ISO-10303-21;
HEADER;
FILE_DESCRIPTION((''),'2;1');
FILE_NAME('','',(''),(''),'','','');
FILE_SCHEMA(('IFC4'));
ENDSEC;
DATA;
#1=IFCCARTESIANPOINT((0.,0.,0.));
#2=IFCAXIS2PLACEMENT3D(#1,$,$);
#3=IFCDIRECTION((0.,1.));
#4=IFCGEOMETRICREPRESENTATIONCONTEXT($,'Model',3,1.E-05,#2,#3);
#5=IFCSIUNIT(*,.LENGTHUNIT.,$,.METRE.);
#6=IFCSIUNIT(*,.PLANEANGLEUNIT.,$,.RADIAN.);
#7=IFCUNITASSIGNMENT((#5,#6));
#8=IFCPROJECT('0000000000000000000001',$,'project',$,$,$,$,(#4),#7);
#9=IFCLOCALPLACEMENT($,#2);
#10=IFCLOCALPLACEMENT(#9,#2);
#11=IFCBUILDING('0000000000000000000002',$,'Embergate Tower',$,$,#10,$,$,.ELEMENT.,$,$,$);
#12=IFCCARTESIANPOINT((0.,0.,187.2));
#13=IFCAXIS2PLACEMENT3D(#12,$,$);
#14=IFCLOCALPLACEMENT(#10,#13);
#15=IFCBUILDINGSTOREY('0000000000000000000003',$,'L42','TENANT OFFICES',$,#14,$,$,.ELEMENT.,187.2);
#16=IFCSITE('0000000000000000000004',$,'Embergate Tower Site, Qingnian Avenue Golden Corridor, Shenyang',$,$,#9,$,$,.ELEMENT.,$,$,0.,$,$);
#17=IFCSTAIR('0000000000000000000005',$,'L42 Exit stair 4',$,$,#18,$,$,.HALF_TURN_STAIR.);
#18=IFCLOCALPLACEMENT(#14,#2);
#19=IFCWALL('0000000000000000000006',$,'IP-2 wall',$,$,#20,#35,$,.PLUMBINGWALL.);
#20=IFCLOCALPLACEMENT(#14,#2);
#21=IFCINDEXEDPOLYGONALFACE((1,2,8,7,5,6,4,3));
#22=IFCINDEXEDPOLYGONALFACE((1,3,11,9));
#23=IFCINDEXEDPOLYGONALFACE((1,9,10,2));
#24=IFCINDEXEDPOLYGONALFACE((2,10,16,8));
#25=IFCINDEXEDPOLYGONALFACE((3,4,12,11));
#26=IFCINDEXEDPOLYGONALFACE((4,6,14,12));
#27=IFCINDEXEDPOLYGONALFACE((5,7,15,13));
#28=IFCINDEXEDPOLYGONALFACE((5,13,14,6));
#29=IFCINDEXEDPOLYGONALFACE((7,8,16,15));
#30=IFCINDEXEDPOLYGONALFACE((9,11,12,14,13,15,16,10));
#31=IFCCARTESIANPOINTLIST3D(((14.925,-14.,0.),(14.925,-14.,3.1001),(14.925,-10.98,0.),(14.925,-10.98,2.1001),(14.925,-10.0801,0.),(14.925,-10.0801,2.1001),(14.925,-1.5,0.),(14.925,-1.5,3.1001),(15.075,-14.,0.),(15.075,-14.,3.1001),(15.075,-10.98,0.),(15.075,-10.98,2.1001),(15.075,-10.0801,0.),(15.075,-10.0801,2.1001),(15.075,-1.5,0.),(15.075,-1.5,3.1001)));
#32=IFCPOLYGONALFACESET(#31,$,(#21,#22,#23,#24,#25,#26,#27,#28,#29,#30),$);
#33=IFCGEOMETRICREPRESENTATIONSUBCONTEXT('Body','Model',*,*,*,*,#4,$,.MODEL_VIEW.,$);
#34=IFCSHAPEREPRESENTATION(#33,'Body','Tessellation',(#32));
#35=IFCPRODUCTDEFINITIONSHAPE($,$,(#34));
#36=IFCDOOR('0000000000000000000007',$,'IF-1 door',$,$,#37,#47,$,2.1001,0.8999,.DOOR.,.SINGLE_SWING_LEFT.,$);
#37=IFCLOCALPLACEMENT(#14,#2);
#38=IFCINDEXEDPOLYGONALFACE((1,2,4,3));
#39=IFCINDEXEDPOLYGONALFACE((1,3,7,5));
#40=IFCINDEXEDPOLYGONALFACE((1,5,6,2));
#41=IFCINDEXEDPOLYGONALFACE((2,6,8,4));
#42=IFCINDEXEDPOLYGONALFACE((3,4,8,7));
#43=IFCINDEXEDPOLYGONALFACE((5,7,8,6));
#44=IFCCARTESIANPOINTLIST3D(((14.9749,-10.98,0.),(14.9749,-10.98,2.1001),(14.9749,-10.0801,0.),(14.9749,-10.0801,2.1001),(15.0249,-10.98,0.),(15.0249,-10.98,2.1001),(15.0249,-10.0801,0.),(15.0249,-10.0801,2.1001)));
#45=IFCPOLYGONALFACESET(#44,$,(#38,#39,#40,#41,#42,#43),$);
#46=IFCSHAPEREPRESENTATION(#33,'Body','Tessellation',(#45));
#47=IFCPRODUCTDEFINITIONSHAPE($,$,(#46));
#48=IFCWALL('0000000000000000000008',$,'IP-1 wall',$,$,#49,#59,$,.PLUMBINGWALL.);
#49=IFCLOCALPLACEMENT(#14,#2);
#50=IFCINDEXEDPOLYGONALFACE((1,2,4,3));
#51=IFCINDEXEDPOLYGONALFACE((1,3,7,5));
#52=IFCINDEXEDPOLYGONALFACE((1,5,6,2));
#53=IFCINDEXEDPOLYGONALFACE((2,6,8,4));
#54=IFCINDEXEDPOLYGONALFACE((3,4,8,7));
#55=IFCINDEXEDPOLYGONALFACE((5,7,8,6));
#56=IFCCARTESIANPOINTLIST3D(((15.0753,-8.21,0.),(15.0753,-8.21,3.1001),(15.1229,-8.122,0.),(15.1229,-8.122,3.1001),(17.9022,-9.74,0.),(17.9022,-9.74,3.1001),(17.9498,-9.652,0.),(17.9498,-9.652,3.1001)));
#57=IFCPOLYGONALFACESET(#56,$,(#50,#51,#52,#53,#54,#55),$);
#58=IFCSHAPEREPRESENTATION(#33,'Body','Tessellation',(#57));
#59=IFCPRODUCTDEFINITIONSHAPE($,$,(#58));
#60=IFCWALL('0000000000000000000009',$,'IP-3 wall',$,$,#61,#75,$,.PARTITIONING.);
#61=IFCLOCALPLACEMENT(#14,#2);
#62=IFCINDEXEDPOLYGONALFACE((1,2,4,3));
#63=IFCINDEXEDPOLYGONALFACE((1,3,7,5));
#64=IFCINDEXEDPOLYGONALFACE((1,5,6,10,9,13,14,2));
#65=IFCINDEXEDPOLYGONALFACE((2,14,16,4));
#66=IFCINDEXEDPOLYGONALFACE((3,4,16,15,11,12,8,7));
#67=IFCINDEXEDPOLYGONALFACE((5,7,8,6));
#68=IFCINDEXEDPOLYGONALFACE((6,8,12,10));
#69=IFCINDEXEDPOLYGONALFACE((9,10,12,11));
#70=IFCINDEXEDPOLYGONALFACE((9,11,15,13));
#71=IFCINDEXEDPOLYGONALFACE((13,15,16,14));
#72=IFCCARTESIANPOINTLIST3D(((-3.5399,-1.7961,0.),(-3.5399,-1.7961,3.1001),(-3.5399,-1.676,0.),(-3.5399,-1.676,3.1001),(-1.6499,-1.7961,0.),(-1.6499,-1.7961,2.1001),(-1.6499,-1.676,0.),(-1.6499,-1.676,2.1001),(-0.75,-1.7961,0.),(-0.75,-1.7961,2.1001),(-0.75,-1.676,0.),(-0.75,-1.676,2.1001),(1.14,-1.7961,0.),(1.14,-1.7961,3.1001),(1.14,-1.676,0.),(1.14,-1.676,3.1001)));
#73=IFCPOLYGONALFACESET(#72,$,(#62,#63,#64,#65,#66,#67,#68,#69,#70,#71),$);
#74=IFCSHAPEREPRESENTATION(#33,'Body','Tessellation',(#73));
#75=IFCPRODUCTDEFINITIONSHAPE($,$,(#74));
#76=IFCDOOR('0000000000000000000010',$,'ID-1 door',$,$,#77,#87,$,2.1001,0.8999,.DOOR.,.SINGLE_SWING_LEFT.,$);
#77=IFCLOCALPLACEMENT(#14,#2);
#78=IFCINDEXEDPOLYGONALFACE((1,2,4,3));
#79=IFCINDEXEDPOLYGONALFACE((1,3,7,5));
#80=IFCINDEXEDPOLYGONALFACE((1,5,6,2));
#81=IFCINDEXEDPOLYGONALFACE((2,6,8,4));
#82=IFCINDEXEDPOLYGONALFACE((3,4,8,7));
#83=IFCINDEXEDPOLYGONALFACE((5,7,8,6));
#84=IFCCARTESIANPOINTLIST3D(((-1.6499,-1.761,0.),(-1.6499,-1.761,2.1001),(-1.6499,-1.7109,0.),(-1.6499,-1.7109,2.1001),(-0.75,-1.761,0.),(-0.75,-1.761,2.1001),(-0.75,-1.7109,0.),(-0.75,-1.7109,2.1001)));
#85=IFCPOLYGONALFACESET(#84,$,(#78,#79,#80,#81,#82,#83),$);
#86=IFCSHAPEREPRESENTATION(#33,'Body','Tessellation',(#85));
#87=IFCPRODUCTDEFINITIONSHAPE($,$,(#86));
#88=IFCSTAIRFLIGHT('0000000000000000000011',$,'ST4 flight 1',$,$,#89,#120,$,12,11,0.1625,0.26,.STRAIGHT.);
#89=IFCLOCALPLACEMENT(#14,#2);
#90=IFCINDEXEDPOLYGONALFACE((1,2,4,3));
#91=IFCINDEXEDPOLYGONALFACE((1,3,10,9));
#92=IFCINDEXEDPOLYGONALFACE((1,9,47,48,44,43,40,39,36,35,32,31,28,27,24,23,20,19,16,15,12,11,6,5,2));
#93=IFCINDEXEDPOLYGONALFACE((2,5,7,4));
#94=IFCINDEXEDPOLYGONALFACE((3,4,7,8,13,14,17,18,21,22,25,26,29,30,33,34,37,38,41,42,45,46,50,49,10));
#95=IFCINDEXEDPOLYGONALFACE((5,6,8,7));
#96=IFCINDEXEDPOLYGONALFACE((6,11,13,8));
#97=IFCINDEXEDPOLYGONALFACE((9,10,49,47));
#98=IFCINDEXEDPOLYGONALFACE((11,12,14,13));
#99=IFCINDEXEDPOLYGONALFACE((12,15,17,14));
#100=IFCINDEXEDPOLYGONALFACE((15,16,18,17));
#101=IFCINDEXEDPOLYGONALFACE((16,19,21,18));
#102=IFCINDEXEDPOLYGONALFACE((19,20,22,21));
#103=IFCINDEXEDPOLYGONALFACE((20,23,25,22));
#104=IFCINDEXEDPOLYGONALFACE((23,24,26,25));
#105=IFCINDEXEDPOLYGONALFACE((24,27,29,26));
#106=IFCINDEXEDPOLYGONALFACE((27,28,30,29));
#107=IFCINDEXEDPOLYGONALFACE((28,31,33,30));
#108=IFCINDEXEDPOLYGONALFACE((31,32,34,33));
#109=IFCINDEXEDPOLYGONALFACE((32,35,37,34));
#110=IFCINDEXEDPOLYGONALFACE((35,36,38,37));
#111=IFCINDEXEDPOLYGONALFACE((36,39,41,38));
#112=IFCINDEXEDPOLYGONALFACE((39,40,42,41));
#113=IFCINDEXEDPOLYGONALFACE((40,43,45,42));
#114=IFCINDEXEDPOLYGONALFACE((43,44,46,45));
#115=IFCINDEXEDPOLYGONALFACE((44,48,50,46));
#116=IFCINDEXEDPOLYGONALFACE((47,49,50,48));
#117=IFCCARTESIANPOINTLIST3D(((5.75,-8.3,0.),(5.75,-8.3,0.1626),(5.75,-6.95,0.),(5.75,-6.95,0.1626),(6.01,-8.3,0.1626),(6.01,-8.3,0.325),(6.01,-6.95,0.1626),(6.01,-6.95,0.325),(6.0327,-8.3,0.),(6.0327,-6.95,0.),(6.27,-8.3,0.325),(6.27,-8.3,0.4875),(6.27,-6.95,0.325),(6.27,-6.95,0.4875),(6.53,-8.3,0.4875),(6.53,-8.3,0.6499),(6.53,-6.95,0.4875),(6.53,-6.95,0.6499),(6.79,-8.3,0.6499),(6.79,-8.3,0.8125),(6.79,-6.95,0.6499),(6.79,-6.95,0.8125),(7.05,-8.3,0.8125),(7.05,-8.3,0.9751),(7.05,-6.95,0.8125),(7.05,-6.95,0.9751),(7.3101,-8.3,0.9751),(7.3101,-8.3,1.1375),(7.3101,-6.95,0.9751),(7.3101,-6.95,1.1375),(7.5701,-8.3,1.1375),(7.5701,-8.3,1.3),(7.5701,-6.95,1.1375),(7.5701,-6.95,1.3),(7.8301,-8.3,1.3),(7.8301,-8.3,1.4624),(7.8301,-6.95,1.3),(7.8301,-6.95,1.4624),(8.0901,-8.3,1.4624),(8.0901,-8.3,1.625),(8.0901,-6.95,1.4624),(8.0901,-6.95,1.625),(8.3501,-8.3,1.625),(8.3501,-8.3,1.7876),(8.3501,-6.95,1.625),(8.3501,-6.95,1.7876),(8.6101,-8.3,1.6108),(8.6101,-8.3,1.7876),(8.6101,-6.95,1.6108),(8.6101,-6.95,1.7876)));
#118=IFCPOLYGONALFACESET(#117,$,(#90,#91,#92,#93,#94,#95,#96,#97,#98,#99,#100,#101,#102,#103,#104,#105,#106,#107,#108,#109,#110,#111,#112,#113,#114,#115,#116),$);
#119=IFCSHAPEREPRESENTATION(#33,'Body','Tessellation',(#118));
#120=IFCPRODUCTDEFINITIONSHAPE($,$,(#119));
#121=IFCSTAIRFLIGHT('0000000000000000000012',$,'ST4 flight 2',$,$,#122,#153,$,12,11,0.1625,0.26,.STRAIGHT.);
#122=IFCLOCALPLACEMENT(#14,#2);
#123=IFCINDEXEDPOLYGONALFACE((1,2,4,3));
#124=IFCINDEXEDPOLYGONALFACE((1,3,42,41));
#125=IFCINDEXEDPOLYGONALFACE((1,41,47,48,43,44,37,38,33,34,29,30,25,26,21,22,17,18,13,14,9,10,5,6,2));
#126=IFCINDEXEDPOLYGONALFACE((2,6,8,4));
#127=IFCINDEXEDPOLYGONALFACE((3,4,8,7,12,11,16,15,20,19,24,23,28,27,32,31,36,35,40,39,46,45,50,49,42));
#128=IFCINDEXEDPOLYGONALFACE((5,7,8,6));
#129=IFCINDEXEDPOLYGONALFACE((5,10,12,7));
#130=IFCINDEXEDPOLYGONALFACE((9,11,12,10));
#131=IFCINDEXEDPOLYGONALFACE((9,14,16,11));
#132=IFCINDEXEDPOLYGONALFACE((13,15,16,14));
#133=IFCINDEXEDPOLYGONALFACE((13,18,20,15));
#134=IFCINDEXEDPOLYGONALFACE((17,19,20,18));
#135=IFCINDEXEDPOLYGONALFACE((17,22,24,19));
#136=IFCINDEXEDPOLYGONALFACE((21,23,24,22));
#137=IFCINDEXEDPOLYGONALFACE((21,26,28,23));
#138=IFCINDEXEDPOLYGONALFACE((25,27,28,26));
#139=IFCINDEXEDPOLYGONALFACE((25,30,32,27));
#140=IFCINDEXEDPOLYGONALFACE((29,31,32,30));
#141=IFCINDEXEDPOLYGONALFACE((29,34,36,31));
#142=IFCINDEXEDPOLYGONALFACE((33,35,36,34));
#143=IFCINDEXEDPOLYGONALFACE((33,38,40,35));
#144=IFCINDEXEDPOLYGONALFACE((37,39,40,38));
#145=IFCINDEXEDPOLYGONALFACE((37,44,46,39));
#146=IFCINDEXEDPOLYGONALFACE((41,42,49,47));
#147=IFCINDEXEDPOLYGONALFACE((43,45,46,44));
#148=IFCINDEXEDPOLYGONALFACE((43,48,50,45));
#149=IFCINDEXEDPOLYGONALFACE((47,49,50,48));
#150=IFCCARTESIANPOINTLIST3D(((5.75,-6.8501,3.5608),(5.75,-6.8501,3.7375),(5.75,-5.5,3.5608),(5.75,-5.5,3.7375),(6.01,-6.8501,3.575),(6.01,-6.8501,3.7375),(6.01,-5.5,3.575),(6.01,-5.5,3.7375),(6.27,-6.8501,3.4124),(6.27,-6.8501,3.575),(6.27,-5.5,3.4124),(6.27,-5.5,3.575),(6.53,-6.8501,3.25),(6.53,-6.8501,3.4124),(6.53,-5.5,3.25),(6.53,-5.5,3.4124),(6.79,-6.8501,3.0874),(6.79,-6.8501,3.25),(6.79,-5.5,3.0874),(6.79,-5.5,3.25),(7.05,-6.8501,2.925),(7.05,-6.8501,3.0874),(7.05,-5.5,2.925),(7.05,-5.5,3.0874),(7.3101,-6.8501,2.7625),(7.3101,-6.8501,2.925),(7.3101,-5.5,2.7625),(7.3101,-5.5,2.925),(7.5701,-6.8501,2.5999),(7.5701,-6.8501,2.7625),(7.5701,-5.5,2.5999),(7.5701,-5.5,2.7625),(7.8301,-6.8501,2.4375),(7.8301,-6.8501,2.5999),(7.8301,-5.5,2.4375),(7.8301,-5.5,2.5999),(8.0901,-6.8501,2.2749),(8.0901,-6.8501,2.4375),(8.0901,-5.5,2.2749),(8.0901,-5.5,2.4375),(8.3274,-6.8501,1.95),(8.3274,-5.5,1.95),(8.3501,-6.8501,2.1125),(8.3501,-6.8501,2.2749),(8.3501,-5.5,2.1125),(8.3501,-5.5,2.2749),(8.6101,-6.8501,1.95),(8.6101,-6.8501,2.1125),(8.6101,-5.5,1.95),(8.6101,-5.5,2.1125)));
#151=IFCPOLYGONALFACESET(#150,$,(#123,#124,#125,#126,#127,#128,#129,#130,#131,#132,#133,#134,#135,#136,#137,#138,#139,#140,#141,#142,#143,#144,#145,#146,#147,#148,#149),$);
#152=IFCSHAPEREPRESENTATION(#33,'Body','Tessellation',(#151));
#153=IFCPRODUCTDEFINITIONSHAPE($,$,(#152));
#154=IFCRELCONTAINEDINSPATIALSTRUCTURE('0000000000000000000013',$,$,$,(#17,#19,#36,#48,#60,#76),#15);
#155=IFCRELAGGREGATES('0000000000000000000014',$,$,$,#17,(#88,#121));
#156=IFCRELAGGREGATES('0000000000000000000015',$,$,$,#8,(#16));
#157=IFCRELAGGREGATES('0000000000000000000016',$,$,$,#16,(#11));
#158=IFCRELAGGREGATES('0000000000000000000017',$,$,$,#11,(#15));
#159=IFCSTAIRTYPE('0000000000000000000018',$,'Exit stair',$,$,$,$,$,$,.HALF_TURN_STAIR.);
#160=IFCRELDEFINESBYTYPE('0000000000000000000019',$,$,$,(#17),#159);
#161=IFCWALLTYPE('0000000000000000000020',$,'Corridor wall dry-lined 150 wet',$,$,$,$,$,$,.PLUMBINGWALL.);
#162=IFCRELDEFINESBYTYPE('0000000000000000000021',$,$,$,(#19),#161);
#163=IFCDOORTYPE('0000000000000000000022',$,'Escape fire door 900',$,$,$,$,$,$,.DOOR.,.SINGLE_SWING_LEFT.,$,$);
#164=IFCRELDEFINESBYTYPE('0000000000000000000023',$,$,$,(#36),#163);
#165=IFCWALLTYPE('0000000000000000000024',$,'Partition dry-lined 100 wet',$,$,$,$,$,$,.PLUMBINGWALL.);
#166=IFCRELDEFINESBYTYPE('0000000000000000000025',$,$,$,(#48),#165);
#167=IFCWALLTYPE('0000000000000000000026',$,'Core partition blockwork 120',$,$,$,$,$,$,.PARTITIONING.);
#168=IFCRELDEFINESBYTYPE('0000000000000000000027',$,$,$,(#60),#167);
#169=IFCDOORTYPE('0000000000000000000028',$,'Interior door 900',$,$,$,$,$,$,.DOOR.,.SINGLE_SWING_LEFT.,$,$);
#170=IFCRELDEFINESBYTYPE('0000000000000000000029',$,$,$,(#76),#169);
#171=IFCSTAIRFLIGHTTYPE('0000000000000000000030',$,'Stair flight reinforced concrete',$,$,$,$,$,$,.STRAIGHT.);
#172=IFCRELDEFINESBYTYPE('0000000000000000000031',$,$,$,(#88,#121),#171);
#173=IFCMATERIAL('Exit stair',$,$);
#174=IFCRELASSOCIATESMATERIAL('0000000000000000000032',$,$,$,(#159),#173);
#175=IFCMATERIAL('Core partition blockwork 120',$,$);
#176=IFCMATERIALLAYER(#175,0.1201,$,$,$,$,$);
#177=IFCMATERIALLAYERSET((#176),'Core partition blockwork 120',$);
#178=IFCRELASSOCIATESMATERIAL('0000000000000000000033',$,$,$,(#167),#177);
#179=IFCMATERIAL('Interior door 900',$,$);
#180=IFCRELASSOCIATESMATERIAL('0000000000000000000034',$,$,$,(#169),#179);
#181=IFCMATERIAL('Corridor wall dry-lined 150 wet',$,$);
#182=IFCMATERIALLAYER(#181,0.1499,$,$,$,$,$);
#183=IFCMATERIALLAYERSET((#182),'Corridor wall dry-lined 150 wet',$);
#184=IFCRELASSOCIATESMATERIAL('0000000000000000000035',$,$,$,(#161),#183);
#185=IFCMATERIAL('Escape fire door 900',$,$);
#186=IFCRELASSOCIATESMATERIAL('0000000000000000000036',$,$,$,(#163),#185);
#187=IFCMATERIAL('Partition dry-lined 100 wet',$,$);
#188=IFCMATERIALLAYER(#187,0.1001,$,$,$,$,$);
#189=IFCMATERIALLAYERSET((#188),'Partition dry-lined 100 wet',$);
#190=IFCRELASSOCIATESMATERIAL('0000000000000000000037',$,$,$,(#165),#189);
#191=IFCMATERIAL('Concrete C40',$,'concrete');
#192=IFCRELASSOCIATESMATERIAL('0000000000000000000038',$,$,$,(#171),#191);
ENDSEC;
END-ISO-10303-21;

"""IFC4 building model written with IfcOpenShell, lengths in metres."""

from ifc_helpers import new_model, si_unit, direction, frame, frame_2d, origin, place, context, subcontext, project, spatial, polyline, rectangle, outline, extrude, source, transform, mapped, material, layer, layer_set, type_object, element, fill, aggregate, save


model = new_model("IFC4")

# Units and contexts
model_context = context("Model", 3, precision=1e-05, world=origin(), true_north=direction((0.0, 1.0)))
body_context = subcontext(model_context, "Body", "Model", "MODEL_VIEW")
ifc_project = project(units=[si_unit("LENGTHUNIT", "METRE"), si_unit("PLANEANGLEUNIT", "RADIAN")], contexts=[model_context])

# Site, building, storey
site_placement = place(None, origin())
site = spatial("IfcSite", under=ifc_project, at=site_placement, Name="Embergate Tower Site, Qingnian Avenue Golden Corridor, Shenyang", CompositionType="ELEMENT", RefElevation=0.0)
building_placement = place(site_placement, origin())
building = spatial("IfcBuilding", under=site, at=building_placement, Name="Embergate Tower", CompositionType="ELEMENT")
storey_placement = place(building_placement, frame((0.0, 0.0, 187.2)))
storey = spatial("IfcBuildingStorey", under=building, at=storey_placement, Name="L42", Description="TENANT OFFICES", CompositionType="ELEMENT", Elevation=187.2)

# Stair
ifc_material_1 = material(Name="Exit stair")
stair_type = type_object("IfcStairType", Name="Exit stair", PredefinedType="HALF_TURN_STAIR", material=ifc_material_1)
stair_placement = place(storey_placement, origin())
stair = element("IfcStair", 1, at=stair_placement, inside=storey, type_object=stair_type, Name="L42 Exit stair 4", PredefinedType="HALF_TURN_STAIR")
ifc_material_2 = material(Name="Concrete C40", Category="concrete")

# Shared definitions
ifc_material_3 = material(Name="Core partition blockwork 120")
ifc_layer_1 = layer(ifc_material_3, 0.1201)
ifc_layer_set_1 = layer_set([ifc_layer_1], Name="Core partition blockwork 120")
wall_type_1 = type_object("IfcWallType", Name="Core partition blockwork 120", PredefinedType="PARTITIONING", material=ifc_layer_set_1)

# Shared definitions
shared_shape_1 = source(origin(), body_context, "Body", "SweptSolid", [
    extrude(rectangle(XDim=0.8999, YDim=2.1001, at=frame_2d((0.45, 1.05))), frame((0.0, 0.0701, 0.0), z_axis=(0.0, -1.0, 0.0), x_axis=(1.0, 0.0, 0.0)), (0.0, 0.0, 1.0), 0.1401),
])
ifc_material_4 = material(Name="Interior door 900")
door_type_1 = type_object("IfcDoorType", Name="Interior door 900", OperationType="SINGLE_SWING_LEFT", PredefinedType="DOOR", material=ifc_material_4)
shared_shape_2 = source(origin(), body_context, "Body", "SweptSolid", [
    extrude(rectangle(XDim=0.8999, YDim=2.1001, at=frame_2d((0.45, 1.05))), frame((0.0, 0.0249, 0.0), z_axis=(0.0, -1.0, 0.0), x_axis=(1.0, 0.0, 0.0)), (0.0, 0.0, 1.0), 0.05),
])

# Wall, opening, door
ifc_material_5 = material(Name="Corridor wall dry-lined 150 wet")
ifc_layer_2 = layer(ifc_material_5, 0.1499)
ifc_layer_set_2 = layer_set([ifc_layer_2], Name="Corridor wall dry-lined 150 wet")
wall_type_2 = type_object("IfcWallType", Name="Corridor wall dry-lined 150 wet", PredefinedType="PLUMBINGWALL", material=ifc_layer_set_2)
shared_shape_3 = source(origin(), body_context, "Body", "SweptSolid", [
    extrude(rectangle(XDim=12.5, YDim=0.1499, at=frame_2d((6.25, 0.0))), origin(), (0.0, 0.0, 1.0), 3.1001),
])
wall_1_placement = place(storey_placement, frame((15.0, -1.5, 0.0), z_axis=(0.0, 0.0, 1.0), x_axis=(0.0, -1.0, 0.0)))
wall_1 = element("IfcWall", 2, at=wall_1_placement, inside=storey, type_object=wall_type_2, Name="IP-2 wall", PredefinedType="PLUMBINGWALL", context=body_context, shape_type="MappedRepresentation", body=[
    mapped(shared_shape_3, transform((0.0, 0.0, 0.0))),
])
shared_shape_4 = source(origin(), body_context, "Body", "SweptSolid", [
    extrude(rectangle(XDim=0.8999, YDim=2.1001, at=frame_2d((0.45, 1.05))), frame((0.0, 0.085, 0.0), z_axis=(0.0, -1.0, 0.0), x_axis=(1.0, 0.0, 0.0)), (0.0, 0.0, 1.0), 0.1699),
])
opening_1_placement = place(wall_1_placement, frame((8.5801, 0.0, 0.0)))
opening_1 = element("IfcOpeningElement", 3, at=opening_1_placement, cuts=wall_1, PredefinedType="OPENING", context=body_context, shape_type="MappedRepresentation", body=[
    mapped(shared_shape_4, transform((0.0, 0.0, 0.0))),
])
ifc_material_6 = material(Name="Escape fire door 900")
door_type_2 = type_object("IfcDoorType", Name="Escape fire door 900", OperationType="SINGLE_SWING_LEFT", PredefinedType="DOOR", material=ifc_material_6)
door_1_placement = place(opening_1_placement, origin())
door_1 = element("IfcDoor", 4, at=door_1_placement, inside=storey, type_object=door_type_2, Name="IF-1 door", OperationType="SINGLE_SWING_LEFT", OverallHeight=2.1001, OverallWidth=0.8999, PredefinedType="DOOR", context=body_context, shape_type="MappedRepresentation", body=[
    mapped(shared_shape_2, transform((0.0, 0.0, 0.0))),
])
fill(opening_1, door_1)

# Wall
ifc_material_7 = material(Name="Partition dry-lined 100 wet")
ifc_layer_3 = layer(ifc_material_7, 0.1001)
ifc_layer_set_3 = layer_set([ifc_layer_3], Name="Partition dry-lined 100 wet")
wall_type_3 = type_object("IfcWallType", Name="Partition dry-lined 100 wet", PredefinedType="PLUMBINGWALL", material=ifc_layer_set_3)
shared_shape_5 = source(origin(), body_context, "Body", "SweptSolid", [
    extrude(rectangle(XDim=3.2144, YDim=0.1001, at=frame_2d((1.6072, 0.0))), origin(), (0.0, 0.0, 1.0), 3.1001),
])
wall_2_placement = place(storey_placement, frame((15.0991, -8.166, 0.0), z_axis=(0.0, 0.0, 1.0), x_axis=(0.87945, -0.475992, 0.0)))
element("IfcWall", 5, at=wall_2_placement, inside=storey, type_object=wall_type_3, Name="IP-1 wall", PredefinedType="PLUMBINGWALL", context=body_context, shape_type="MappedRepresentation", body=[
    mapped(shared_shape_5, transform((0.0, 0.0, 0.0))),
])

# Wall, opening, door
shared_shape_6 = source(origin(), body_context, "Body", "SweptSolid", [
    extrude(rectangle(XDim=4.6799, YDim=0.1201, at=frame_2d((2.3398, 0.0))), origin(), (0.0, 0.0, 1.0), 3.1001),
])
wall_3_placement = place(storey_placement, frame((1.1399, -1.7361, 0.0), z_axis=(0.0, 0.0, 1.0), x_axis=(-1.0, 0.0, 0.0)))
wall_3 = element("IfcWall", 6, at=wall_3_placement, inside=storey, type_object=wall_type_1, Name="IP-3 wall", PredefinedType="PARTITIONING", context=body_context, shape_type="MappedRepresentation", body=[
    mapped(shared_shape_6, transform((0.0, 0.0, 0.0))),
])
opening_2_placement = place(wall_3_placement, frame((1.8899, 0.0, 0.0)))
opening_2 = element("IfcOpeningElement", 7, at=opening_2_placement, cuts=wall_3, PredefinedType="OPENING", context=body_context, shape_type="MappedRepresentation", body=[
    mapped(shared_shape_1, transform((0.0, 0.0, 0.0))),
])
door_2_placement = place(opening_2_placement, origin())
door_2 = element("IfcDoor", 8, at=door_2_placement, inside=storey, type_object=door_type_1, Name="ID-1 door", OperationType="SINGLE_SWING_LEFT", OverallHeight=2.1001, OverallWidth=0.8999, PredefinedType="DOOR", context=body_context, shape_type="MappedRepresentation", body=[
    mapped(shared_shape_2, transform((0.0, 0.0, 0.0))),
])
fill(opening_2, door_2)

# Stair flights
stair_flight_type = type_object("IfcStairFlightType", Name="Stair flight reinforced concrete", PredefinedType="STRAIGHT", material=ifc_material_2)
shared_shape_7 = source(origin(), body_context, "Body", "SweptSolid", [
    extrude(outline(polyline([(0.0, 0.0), (0.0, 0.1626), (0.26, 0.1626), (0.26, 0.325), (0.52, 0.325), (0.52, 0.4875), (0.78, 0.4875), (0.78, 0.6499), (1.04, 0.6499), (1.04, 0.8125), (1.3, 0.8125), (1.3, 0.9751), (1.5601, 0.9751), (1.5601, 1.1375), (1.8201, 1.1375), (1.8201, 1.3), (2.0801, 1.3), (2.0801, 1.4624), (2.3401, 1.4624), (2.3401, 1.625), (2.6001, 1.625), (2.6001, 1.7876), (2.8601, 1.7876), (2.8601, 1.95), (2.8601, 1.6108), (0.2827, 0.0), (0.0, 0.0)])), frame((0.0, 0.675, 0.0), z_axis=(0.0, -1.0, 0.0), x_axis=(1.0, 0.0, 0.0)), (0.0, 0.0, 1.0), 1.3501),
])
stair_flight_1_placement = place(storey_placement, frame((5.75, -7.625, 0.0), z_axis=(0.0, 0.0, 1.0), x_axis=(1.0, 0.0, 0.0)))
stair_flight_1 = element("IfcStairFlight", 9, at=stair_flight_1_placement, type_object=stair_flight_type, Name="ST4 flight 1", NumberOfRisers=12, NumberOfTreads=11, PredefinedType="STRAIGHT", RiserHeight=0.1625, TreadLength=0.26, context=body_context, shape_type="MappedRepresentation", body=[
    mapped(shared_shape_7, transform((0.0, 0.0, 0.0))),
])
stair_flight_2_placement = place(storey_placement, frame((8.6101, -6.175, 1.95), z_axis=(0.0, 0.0, 1.0), x_axis=(-1.0, 0.0, 0.0)))
stair_flight_2 = element("IfcStairFlight", 10, at=stair_flight_2_placement, type_object=stair_flight_type, Name="ST4 flight 2", NumberOfRisers=12, NumberOfTreads=11, PredefinedType="STRAIGHT", RiserHeight=0.1625, TreadLength=0.26, context=body_context, shape_type="MappedRepresentation", body=[
    mapped(shared_shape_7, transform((0.0, 0.0, 0.0))),
])
aggregate(stair, [stair_flight_1, stair_flight_2])

save(model, "model.ifc")
